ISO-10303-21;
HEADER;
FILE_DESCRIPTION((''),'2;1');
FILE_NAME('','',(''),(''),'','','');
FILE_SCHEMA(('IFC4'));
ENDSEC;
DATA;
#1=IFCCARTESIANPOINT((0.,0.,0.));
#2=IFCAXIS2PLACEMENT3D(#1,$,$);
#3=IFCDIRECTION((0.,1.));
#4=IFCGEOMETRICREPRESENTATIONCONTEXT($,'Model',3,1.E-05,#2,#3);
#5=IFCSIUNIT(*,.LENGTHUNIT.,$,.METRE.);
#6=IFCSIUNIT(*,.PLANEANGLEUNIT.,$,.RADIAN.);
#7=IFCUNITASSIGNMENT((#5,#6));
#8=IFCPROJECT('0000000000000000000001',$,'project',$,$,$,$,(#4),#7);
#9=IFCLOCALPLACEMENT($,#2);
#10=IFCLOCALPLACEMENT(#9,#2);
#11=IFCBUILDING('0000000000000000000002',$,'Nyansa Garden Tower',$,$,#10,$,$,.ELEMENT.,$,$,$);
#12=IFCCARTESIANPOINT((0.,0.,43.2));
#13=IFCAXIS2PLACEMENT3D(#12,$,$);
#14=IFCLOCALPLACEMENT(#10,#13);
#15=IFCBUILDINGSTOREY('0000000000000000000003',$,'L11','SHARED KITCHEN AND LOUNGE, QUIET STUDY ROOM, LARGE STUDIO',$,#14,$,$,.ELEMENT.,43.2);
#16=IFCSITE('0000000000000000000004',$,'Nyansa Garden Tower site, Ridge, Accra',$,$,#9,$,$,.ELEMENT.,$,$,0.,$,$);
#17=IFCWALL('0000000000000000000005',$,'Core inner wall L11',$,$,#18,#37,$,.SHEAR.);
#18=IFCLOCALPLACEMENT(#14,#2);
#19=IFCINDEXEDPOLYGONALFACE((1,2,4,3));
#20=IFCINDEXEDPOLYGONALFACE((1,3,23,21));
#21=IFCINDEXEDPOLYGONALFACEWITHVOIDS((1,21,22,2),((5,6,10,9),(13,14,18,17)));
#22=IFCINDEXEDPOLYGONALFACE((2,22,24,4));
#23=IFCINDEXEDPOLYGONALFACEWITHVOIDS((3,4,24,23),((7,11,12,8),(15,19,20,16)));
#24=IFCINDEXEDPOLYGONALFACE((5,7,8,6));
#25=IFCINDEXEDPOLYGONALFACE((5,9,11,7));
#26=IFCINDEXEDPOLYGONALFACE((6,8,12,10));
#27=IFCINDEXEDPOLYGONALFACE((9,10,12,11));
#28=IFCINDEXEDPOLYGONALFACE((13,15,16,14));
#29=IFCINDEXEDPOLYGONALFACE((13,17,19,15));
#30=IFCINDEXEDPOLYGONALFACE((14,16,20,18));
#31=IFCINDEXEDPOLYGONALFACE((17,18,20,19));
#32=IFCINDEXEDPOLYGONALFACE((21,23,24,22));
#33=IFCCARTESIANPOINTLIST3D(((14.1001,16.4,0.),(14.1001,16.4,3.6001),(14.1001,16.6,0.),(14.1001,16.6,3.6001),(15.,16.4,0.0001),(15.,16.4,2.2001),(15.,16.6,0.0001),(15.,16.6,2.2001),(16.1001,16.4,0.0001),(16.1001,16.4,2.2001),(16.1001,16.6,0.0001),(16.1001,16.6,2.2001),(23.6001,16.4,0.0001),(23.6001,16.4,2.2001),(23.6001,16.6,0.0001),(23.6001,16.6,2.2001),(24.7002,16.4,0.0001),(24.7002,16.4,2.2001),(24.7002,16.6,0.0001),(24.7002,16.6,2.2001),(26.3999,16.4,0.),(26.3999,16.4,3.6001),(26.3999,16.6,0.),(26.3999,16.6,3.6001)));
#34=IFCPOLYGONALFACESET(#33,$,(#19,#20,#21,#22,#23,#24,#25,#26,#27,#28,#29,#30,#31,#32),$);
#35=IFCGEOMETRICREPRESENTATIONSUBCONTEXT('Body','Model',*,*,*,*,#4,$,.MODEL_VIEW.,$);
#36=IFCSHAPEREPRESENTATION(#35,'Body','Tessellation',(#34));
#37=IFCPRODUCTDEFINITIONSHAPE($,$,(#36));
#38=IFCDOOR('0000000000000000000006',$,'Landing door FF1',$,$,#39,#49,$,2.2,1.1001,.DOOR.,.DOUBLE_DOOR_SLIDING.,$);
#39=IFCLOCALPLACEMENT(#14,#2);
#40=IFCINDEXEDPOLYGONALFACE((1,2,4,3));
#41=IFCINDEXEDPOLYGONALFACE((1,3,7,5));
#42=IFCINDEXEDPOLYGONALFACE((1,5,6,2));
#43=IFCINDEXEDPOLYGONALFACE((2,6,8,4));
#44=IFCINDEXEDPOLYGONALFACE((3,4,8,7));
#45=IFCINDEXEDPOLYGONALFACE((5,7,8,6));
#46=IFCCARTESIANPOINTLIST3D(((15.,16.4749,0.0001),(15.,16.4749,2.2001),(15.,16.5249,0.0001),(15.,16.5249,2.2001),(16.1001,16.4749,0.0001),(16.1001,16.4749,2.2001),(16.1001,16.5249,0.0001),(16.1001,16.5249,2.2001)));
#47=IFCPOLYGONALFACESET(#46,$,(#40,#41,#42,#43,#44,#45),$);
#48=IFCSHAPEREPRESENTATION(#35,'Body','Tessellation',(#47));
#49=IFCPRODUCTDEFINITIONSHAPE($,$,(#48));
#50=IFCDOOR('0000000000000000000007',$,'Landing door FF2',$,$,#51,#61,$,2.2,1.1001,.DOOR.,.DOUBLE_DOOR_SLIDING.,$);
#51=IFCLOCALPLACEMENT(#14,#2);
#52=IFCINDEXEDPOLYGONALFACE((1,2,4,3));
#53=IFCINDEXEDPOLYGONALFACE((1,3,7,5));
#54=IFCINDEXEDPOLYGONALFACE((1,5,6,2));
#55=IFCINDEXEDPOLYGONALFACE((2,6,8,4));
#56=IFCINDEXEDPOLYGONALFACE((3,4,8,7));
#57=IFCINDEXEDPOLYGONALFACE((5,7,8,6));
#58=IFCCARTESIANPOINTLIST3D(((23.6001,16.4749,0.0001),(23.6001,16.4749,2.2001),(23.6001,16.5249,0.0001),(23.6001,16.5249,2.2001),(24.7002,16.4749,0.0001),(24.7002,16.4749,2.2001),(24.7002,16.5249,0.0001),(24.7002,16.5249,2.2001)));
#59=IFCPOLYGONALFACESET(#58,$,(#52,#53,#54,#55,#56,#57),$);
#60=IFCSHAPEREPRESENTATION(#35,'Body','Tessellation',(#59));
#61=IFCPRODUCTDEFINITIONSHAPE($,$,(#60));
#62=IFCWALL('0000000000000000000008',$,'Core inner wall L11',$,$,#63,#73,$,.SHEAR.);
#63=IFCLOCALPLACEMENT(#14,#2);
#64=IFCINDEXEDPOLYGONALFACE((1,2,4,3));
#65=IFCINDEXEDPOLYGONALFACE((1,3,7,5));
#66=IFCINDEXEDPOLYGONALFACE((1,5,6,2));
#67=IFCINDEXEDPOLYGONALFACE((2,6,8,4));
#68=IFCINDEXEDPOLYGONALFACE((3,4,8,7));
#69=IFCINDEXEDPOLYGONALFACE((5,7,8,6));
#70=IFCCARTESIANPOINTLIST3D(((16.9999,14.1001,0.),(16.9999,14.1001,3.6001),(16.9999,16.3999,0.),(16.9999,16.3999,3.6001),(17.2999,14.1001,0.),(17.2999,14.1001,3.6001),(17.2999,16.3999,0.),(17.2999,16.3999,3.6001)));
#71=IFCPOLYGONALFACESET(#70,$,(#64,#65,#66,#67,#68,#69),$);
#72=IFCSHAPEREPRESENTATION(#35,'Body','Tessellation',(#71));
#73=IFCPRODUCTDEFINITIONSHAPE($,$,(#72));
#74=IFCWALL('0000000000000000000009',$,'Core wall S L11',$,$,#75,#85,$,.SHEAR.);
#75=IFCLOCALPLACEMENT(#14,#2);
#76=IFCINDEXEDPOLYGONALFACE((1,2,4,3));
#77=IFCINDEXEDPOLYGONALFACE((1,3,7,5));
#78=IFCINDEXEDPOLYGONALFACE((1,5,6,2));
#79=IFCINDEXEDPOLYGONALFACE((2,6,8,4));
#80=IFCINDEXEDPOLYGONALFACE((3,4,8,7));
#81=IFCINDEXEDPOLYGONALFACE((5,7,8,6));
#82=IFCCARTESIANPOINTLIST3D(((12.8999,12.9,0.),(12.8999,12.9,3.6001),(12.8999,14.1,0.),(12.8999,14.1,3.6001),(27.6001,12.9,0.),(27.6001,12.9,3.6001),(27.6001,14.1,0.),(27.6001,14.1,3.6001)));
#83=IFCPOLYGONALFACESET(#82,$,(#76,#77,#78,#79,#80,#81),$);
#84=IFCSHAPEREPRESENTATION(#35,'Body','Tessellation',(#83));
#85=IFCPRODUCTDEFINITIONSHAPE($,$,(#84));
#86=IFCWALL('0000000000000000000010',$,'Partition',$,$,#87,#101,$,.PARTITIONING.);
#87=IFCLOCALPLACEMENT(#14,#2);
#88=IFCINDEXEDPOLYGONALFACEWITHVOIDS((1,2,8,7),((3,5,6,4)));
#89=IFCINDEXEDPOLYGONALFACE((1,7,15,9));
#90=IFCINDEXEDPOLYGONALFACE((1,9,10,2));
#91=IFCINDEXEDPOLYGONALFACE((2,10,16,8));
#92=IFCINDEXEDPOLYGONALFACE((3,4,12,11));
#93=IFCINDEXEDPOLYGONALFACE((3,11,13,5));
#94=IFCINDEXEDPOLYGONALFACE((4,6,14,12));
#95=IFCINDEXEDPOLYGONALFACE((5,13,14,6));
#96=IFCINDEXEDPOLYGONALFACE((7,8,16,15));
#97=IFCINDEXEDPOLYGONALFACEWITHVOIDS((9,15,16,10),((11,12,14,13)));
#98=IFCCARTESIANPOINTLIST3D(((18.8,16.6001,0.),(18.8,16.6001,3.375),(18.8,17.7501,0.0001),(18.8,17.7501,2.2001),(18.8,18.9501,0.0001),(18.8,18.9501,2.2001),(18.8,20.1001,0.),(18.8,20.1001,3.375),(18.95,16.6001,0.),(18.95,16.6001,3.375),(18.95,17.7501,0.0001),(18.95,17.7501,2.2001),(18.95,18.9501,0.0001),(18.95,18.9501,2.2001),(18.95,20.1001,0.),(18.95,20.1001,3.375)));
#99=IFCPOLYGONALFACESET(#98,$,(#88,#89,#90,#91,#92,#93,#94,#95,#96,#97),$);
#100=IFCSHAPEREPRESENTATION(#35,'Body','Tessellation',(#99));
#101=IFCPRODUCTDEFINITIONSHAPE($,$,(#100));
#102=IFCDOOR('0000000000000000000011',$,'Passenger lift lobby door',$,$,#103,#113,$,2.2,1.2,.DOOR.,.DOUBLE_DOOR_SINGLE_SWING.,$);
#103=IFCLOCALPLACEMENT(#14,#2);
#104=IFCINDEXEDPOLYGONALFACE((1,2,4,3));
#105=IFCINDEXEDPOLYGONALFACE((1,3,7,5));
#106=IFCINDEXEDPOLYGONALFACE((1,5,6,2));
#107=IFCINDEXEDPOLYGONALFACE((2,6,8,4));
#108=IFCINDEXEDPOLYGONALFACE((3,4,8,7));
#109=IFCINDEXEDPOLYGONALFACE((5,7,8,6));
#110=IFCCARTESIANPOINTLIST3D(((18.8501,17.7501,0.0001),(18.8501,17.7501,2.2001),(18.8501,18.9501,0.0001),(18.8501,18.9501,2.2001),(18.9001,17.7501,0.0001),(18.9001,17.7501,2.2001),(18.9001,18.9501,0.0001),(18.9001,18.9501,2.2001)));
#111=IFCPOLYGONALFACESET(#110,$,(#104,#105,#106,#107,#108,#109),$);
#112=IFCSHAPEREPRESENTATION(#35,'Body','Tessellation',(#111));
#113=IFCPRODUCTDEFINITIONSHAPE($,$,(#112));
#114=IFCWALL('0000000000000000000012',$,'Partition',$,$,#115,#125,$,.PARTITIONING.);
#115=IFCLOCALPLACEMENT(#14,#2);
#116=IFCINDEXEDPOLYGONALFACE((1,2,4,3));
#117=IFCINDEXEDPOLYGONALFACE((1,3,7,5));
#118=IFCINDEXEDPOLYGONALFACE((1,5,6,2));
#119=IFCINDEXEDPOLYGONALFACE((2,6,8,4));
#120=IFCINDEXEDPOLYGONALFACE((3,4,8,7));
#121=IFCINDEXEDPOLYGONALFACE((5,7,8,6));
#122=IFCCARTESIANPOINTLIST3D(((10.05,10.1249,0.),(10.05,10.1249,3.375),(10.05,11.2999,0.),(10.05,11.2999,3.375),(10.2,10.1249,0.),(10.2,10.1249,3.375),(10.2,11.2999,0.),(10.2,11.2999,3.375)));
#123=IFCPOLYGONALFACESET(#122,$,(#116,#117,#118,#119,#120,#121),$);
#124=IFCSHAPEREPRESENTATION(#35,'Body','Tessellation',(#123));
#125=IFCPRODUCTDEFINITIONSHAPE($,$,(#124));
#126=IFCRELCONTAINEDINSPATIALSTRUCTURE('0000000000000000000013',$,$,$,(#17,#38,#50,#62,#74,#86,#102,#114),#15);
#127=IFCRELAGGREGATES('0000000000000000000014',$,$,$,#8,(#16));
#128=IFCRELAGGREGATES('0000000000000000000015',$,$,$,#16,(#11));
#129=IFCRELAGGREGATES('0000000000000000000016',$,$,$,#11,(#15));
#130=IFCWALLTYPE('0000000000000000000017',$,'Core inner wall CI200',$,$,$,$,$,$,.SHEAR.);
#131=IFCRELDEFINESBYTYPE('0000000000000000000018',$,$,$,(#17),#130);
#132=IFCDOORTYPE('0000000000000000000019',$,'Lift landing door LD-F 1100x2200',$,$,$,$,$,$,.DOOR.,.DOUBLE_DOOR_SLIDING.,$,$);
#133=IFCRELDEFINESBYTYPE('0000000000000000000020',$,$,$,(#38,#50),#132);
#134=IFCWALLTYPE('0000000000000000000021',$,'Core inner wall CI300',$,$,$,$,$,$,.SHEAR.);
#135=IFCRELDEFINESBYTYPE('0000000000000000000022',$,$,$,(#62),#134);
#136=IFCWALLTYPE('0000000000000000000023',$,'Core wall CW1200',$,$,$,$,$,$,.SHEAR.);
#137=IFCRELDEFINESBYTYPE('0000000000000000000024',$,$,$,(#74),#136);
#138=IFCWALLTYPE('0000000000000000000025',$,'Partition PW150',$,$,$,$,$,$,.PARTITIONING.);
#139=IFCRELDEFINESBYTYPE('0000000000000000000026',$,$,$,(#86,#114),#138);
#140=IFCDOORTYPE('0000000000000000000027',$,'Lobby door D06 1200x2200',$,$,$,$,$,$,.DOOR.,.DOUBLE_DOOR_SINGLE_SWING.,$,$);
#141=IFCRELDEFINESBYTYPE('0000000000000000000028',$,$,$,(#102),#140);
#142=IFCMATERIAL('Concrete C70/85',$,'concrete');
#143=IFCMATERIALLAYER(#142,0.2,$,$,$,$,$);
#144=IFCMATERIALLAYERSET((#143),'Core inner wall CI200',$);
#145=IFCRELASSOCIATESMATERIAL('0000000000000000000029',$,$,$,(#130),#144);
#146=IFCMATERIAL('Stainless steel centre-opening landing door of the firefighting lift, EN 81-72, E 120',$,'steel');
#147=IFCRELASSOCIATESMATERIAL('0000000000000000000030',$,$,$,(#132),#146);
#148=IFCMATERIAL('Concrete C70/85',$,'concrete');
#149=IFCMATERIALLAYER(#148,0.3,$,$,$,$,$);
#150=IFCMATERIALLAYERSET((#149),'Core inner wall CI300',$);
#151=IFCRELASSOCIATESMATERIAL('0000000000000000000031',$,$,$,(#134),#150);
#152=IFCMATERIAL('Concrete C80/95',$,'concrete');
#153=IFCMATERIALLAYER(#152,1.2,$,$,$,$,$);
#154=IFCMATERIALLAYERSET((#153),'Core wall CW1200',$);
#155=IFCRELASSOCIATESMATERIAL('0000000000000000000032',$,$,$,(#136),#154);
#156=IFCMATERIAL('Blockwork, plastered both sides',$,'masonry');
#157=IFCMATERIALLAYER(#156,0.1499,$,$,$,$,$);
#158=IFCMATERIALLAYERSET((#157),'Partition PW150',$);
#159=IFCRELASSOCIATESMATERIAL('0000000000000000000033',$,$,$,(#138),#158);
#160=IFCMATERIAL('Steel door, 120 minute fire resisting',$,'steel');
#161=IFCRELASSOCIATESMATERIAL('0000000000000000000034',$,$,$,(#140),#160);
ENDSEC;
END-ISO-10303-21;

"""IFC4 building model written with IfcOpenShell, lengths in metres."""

from ifc_helpers import new_model, si_unit, direction, frame, frame_2d, origin, place, context, subcontext, project, spatial, rectangle, extrude, material, layer, layer_set, type_object, element, fill, save


model = new_model("IFC4")

# Units and contexts
model_context = context("Model", 3, precision=1e-05, world=origin(), true_north=direction((0.0, 1.0)))
body_context = subcontext(model_context, "Body", "Model", "MODEL_VIEW")
ifc_project = project(units=[si_unit("LENGTHUNIT", "METRE"), si_unit("PLANEANGLEUNIT", "RADIAN")], contexts=[model_context])

# Site, building, storey
site_placement = place(None, origin())
site = spatial("IfcSite", under=ifc_project, at=site_placement, Name="Nyansa Garden Tower site, Ridge, Accra", CompositionType="ELEMENT", RefElevation=0.0)
building_placement = place(site_placement, origin())
building = spatial("IfcBuilding", under=site, at=building_placement, Name="Nyansa Garden Tower", CompositionType="ELEMENT")
storey_placement = place(building_placement, frame((0.0, 0.0, 43.2)))
storey = spatial("IfcBuildingStorey", under=building, at=storey_placement, Name="L11", Description="SHARED KITCHEN AND LOUNGE, QUIET STUDY ROOM, LARGE STUDIO", CompositionType="ELEMENT", Elevation=43.2)

# Wall, openings, doors
ifc_material_1 = material(Name="Concrete C70/85", Category="concrete")
ifc_layer_1 = layer(ifc_material_1, 0.2)
ifc_layer_set_1 = layer_set([ifc_layer_1], Name="Core inner wall CI200")
wall_type_1 = type_object("IfcWallType", Name="Core inner wall CI200", PredefinedType="SHEAR", material=ifc_layer_set_1)
wall_1_placement = place(storey_placement, frame((14.1001, 16.5, 0.0), z_axis=(0.0, 0.0, 1.0), x_axis=(1.0, 0.0, 0.0)))
wall_1 = element("IfcWall", 1, at=wall_1_placement, inside=storey, type_object=wall_type_1, Name="Core inner wall L11", PredefinedType="SHEAR", context=body_context, shape_type="SweptSolid", body=[
    extrude(rectangle(XDim=12.2998, YDim=0.2, at=frame_2d((6.1499, 0.0))), origin(), (0.0, 0.0, 1.0), 3.6001),
])
opening_1_placement = place(wall_1_placement, frame((0.8999, 0.0, 0.0)))
opening_1 = element("IfcOpeningElement", 2, at=opening_1_placement, cuts=wall_1, PredefinedType="OPENING", context=body_context, shape_type="SweptSolid", body=[
    extrude(rectangle(XDim=1.1001, YDim=2.2, at=frame_2d((0.55, 1.1001))), frame((0.0, 0.1099, 0.0), z_axis=(0.0, -1.0, 0.0), x_axis=(1.0, 0.0, 0.0)), (0.0, 0.0, 1.0), 0.22),
])
opening_2_placement = place(wall_1_placement, frame((9.5, 0.0, 0.0)))
opening_2 = element("IfcOpeningElement", 3, at=opening_2_placement, cuts=wall_1, PredefinedType="OPENING", context=body_context, shape_type="SweptSolid", body=[
    extrude(rectangle(XDim=1.1001, YDim=2.2, at=frame_2d((0.55, 1.1001))), frame((0.0, 0.1099, 0.0), z_axis=(0.0, -1.0, 0.0), x_axis=(1.0, 0.0, 0.0)), (0.0, 0.0, 1.0), 0.22),
])
ifc_material_2 = material(Name="Stainless steel centre-opening landing door of the firefighting lift, EN 81-72, E 120", Category="steel")
door_type_1 = type_object("IfcDoorType", Name="Lift landing door LD-F 1100x2200", OperationType="DOUBLE_DOOR_SLIDING", PredefinedType="DOOR", material=ifc_material_2)
door_1_placement = place(opening_1_placement, origin())
door_1 = element("IfcDoor", 4, at=door_1_placement, inside=storey, type_object=door_type_1, Name="Landing door FF1", OperationType="DOUBLE_DOOR_SLIDING", OverallHeight=2.2, OverallWidth=1.1001, PredefinedType="DOOR", context=body_context, shape_type="SweptSolid", body=[
    extrude(rectangle(XDim=1.1001, YDim=2.2, at=frame_2d((0.55, 1.1001))), frame((0.0, 0.0249, 0.0), z_axis=(0.0, -1.0, 0.0), x_axis=(1.0, 0.0, 0.0)), (0.0, 0.0, 1.0), 0.05),
])
fill(opening_1, door_1)
door_2_placement = place(opening_2_placement, origin())
door_2 = element("IfcDoor", 5, at=door_2_placement, inside=storey, type_object=door_type_1, Name="Landing door FF2", OperationType="DOUBLE_DOOR_SLIDING", OverallHeight=2.2, OverallWidth=1.1001, PredefinedType="DOOR", context=body_context, shape_type="SweptSolid", body=[
    extrude(rectangle(XDim=1.1001, YDim=2.2, at=frame_2d((0.55, 1.1001))), frame((0.0, 0.0249, 0.0), z_axis=(0.0, -1.0, 0.0), x_axis=(1.0, 0.0, 0.0)), (0.0, 0.0, 1.0), 0.05),
])
fill(opening_2, door_2)

# Walls
ifc_material_3 = material(Name="Concrete C70/85", Category="concrete")
ifc_layer_2 = layer(ifc_material_3, 0.3)
ifc_layer_set_2 = layer_set([ifc_layer_2], Name="Core inner wall CI300")
wall_type_2 = type_object("IfcWallType", Name="Core inner wall CI300", PredefinedType="SHEAR", material=ifc_layer_set_2)
wall_2_placement = place(storey_placement, frame((17.1499, 14.1001, 0.0), z_axis=(0.0, 0.0, 1.0), x_axis=(0.0, 1.0, 0.0)))
element("IfcWall", 6, at=wall_2_placement, inside=storey, type_object=wall_type_2, Name="Core inner wall L11", PredefinedType="SHEAR", context=body_context, shape_type="SweptSolid", body=[
    extrude(rectangle(XDim=2.2998, YDim=0.3, at=frame_2d((1.1499, 0.0))), origin(), (0.0, 0.0, 1.0), 3.6001),
])
ifc_material_4 = material(Name="Concrete C80/95", Category="concrete")
ifc_layer_3 = layer(ifc_material_4, 1.2)
ifc_layer_set_3 = layer_set([ifc_layer_3], Name="Core wall CW1200")
wall_type_3 = type_object("IfcWallType", Name="Core wall CW1200", PredefinedType="SHEAR", material=ifc_layer_set_3)
wall_3_placement = place(storey_placement, frame((12.8999, 13.5, 0.0), z_axis=(0.0, 0.0, 1.0), x_axis=(1.0, 0.0, 0.0)))
element("IfcWall", 7, at=wall_3_placement, inside=storey, type_object=wall_type_3, Name="Core wall S L11", PredefinedType="SHEAR", context=body_context, shape_type="SweptSolid", body=[
    extrude(rectangle(XDim=14.7002, YDim=1.2, at=frame_2d((7.3501, 0.0))), origin(), (0.0, 0.0, 1.0), 3.6001),
])

# Wall, opening, door
ifc_material_5 = material(Name="Blockwork, plastered both sides", Category="masonry")
ifc_layer_4 = layer(ifc_material_5, 0.1499)
ifc_layer_set_4 = layer_set([ifc_layer_4], Name="Partition PW150")
wall_type_4 = type_object("IfcWallType", Name="Partition PW150", PredefinedType="PARTITIONING", material=ifc_layer_set_4)
wall_4_placement = place(storey_placement, frame((18.875, 16.6001, 0.0), z_axis=(0.0, 0.0, 1.0), x_axis=(0.0, 1.0, 0.0)))
wall_4 = element("IfcWall", 8, at=wall_4_placement, inside=storey, type_object=wall_type_4, Name="Partition", PredefinedType="PARTITIONING", context=body_context, shape_type="SweptSolid", body=[
    extrude(rectangle(XDim=3.5, YDim=0.1499, at=frame_2d((1.75, 0.0))), origin(), (0.0, 0.0, 1.0), 3.375),
])
opening_3_placement = place(wall_4_placement, frame((1.1499, 0.0, 0.0)))
opening_3 = element("IfcOpeningElement", 9, at=opening_3_placement, cuts=wall_4, PredefinedType="OPENING", context=body_context, shape_type="SweptSolid", body=[
    extrude(rectangle(XDim=1.2, YDim=2.2, at=frame_2d((0.6001, 1.1001))), frame((0.0, 0.085, 0.0), z_axis=(0.0, -1.0, 0.0), x_axis=(1.0, 0.0, 0.0)), (0.0, 0.0, 1.0), 0.1699),
])
ifc_material_6 = material(Name="Steel door, 120 minute fire resisting", Category="steel")
door_type_2 = type_object("IfcDoorType", Name="Lobby door D06 1200x2200", OperationType="DOUBLE_DOOR_SINGLE_SWING", PredefinedType="DOOR", material=ifc_material_6)
door_3_placement = place(opening_3_placement, origin())
door_3 = element("IfcDoor", 10, at=door_3_placement, inside=storey, type_object=door_type_2, Name="Passenger lift lobby door", OperationType="DOUBLE_DOOR_SINGLE_SWING", OverallHeight=2.2, OverallWidth=1.2, PredefinedType="DOOR", context=body_context, shape_type="SweptSolid", body=[
    extrude(rectangle(XDim=1.2, YDim=2.2, at=frame_2d((0.6001, 1.1001))), frame((0.0, 0.0249, 0.0), z_axis=(0.0, -1.0, 0.0), x_axis=(1.0, 0.0, 0.0)), (0.0, 0.0, 1.0), 0.05),
])
fill(opening_3, door_3)

# Wall
wall_5_placement = place(storey_placement, frame((10.125, 10.125, 0.0), z_axis=(0.0, 0.0, 1.0), x_axis=(0.0, 1.0, 0.0)))
element("IfcWall", 11, at=wall_5_placement, inside=storey, type_object=wall_type_4, Name="Partition", PredefinedType="PARTITIONING", context=body_context, shape_type="SweptSolid", body=[
    extrude(rectangle(XDim=1.175, YDim=0.1499, at=frame_2d((0.5874, 0.0))), origin(), (0.0, 0.0, 1.0), 3.375),
])

save(model, "model.ifc")
